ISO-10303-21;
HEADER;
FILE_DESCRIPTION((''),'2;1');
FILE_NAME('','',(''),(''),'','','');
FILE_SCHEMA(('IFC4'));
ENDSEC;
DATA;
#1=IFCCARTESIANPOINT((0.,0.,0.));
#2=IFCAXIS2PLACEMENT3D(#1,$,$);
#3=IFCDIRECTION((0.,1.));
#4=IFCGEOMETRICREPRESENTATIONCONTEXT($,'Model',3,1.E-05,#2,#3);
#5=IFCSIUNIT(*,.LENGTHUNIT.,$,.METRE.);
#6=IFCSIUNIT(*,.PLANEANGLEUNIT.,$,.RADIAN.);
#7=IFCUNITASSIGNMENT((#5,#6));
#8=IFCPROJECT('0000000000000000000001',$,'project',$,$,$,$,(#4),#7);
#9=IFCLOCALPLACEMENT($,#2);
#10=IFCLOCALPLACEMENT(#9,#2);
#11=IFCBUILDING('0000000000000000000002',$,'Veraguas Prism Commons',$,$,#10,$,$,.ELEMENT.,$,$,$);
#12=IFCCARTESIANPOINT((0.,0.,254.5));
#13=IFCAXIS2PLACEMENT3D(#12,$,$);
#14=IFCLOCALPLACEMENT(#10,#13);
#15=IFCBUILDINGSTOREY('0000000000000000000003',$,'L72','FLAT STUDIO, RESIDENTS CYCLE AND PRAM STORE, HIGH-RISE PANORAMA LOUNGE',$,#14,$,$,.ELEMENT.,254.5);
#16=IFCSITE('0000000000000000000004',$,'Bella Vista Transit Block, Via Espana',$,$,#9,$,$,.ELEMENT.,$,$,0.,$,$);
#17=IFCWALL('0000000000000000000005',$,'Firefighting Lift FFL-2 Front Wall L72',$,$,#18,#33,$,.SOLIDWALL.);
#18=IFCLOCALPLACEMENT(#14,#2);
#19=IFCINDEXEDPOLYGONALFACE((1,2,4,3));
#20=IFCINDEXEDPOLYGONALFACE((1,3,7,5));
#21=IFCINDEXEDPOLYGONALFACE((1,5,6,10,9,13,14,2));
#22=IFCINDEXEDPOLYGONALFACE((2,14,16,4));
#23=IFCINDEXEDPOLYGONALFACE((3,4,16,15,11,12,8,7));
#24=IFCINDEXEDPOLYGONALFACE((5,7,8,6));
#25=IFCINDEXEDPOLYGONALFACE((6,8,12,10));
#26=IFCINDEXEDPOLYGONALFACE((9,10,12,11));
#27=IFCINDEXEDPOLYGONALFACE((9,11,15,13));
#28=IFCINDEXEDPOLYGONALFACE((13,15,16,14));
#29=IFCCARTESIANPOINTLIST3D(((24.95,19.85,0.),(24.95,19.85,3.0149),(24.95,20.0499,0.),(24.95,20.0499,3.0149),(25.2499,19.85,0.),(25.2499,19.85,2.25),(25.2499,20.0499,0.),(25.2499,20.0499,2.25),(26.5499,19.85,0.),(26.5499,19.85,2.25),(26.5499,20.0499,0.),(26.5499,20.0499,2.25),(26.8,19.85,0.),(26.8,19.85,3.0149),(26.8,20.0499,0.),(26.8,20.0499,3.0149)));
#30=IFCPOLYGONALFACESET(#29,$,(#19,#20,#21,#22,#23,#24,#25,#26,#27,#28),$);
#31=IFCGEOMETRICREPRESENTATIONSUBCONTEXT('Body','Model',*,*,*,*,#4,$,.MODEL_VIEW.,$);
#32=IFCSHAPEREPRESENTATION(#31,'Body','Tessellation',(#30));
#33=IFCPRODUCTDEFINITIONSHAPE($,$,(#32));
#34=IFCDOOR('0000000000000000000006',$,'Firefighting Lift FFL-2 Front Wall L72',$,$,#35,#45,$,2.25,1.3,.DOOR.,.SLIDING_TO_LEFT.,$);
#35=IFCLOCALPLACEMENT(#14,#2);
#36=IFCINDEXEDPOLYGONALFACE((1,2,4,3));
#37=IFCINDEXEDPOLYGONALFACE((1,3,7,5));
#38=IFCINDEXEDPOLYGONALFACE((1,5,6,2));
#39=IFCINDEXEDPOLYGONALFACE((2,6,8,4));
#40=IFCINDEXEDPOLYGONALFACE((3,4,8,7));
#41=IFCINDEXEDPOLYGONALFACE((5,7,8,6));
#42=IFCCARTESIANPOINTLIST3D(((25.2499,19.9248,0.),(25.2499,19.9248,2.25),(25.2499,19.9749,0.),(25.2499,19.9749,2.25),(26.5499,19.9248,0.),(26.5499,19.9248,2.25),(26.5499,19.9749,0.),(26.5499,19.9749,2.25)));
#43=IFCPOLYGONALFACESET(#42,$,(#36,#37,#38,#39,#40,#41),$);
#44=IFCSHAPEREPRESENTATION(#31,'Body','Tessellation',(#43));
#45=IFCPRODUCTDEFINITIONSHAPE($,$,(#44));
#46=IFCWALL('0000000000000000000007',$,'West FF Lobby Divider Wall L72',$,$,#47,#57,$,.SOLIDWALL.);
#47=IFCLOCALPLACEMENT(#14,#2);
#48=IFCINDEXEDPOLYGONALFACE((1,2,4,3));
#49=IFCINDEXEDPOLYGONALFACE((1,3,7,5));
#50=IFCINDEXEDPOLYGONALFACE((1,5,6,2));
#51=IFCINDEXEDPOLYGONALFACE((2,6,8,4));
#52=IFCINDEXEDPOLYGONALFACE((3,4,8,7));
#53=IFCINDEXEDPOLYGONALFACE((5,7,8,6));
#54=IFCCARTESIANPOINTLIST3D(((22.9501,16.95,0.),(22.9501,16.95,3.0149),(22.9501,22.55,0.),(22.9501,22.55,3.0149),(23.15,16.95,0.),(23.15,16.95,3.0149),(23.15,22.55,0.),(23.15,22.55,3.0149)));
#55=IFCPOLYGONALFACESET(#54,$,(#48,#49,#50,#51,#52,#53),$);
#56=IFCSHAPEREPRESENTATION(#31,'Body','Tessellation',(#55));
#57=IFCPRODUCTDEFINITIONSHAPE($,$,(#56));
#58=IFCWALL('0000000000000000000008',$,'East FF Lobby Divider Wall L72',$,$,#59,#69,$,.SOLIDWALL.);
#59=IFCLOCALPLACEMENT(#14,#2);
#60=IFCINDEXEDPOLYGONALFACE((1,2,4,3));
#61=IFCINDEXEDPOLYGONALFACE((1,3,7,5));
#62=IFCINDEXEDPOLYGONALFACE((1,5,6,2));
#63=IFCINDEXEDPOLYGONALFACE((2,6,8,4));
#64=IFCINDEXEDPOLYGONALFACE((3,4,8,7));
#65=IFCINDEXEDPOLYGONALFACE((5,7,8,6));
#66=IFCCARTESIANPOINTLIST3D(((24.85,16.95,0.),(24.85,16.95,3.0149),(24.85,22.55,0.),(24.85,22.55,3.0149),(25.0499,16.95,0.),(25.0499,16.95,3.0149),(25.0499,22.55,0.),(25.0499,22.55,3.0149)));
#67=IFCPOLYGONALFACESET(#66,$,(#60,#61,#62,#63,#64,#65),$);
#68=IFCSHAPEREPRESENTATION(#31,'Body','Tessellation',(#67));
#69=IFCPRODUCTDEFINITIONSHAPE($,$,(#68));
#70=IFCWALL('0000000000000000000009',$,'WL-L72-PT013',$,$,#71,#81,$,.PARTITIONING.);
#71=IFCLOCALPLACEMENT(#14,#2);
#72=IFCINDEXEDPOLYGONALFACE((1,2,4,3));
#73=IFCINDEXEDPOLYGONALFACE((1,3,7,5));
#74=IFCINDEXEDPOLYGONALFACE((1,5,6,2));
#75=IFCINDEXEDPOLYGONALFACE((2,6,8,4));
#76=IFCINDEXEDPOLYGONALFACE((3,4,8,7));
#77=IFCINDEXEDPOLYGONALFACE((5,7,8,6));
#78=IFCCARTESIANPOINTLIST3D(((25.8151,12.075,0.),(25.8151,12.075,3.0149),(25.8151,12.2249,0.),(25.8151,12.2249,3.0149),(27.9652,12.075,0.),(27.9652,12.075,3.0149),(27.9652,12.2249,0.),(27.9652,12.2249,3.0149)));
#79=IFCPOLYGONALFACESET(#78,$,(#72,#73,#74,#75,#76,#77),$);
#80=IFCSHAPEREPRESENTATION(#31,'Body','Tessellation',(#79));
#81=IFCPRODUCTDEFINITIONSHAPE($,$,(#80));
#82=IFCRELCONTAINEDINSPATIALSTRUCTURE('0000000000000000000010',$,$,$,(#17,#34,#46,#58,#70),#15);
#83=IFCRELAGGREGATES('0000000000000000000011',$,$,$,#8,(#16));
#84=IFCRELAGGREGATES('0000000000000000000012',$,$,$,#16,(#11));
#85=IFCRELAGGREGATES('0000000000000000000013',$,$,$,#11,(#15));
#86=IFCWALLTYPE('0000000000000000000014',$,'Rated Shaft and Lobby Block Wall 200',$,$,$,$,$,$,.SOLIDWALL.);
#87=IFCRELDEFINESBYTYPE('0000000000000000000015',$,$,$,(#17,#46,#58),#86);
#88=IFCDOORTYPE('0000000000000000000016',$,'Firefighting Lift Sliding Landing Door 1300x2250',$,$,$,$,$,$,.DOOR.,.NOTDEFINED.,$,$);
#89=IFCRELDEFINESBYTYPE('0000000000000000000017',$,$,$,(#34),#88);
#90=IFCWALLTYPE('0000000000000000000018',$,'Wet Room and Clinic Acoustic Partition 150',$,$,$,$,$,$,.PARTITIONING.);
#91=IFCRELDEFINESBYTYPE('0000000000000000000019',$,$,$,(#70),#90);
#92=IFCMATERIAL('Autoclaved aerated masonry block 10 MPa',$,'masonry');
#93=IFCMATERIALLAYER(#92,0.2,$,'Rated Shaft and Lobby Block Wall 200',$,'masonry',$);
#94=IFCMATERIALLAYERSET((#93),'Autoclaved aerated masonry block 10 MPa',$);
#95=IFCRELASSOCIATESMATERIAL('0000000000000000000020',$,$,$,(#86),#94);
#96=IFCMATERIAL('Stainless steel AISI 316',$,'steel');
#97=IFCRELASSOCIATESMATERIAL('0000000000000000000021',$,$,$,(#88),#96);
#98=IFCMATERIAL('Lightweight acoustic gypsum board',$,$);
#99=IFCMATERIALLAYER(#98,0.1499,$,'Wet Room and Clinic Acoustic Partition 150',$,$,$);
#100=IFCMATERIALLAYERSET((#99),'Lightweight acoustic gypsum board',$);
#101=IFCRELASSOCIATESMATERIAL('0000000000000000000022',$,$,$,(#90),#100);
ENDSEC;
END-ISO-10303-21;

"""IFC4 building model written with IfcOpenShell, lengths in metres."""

from ifc_helpers import new_model, si_unit, direction, frame, frame_2d, origin, place, context, subcontext, project, spatial, rectangle, extrude, source, transform, mapped, material, layer, layer_set, type_object, element, fill, save


model = new_model("IFC4")

# Units and contexts
model_context = context("Model", 3, precision=1e-05, world=origin(), true_north=direction((0.0, 1.0)))
body_context = subcontext(model_context, "Body", "Model", "MODEL_VIEW")
ifc_project = project(units=[si_unit("LENGTHUNIT", "METRE"), si_unit("PLANEANGLEUNIT", "RADIAN")], contexts=[model_context])

# Site, building, storey
site_placement = place(None, origin())
site = spatial("IfcSite", under=ifc_project, at=site_placement, Name="Bella Vista Transit Block, Via Espana", CompositionType="ELEMENT", RefElevation=0.0)
building_placement = place(site_placement, origin())
building = spatial("IfcBuilding", under=site, at=building_placement, Name="Veraguas Prism Commons", CompositionType="ELEMENT")
storey_placement = place(building_placement, frame((0.0, 0.0, 254.5)))
storey = spatial("IfcBuildingStorey", under=building, at=storey_placement, Name="L72", Description="FLAT STUDIO, RESIDENTS CYCLE AND PRAM STORE, HIGH-RISE PANORAMA LOUNGE", CompositionType="ELEMENT", Elevation=254.5)

# Shared definitions
ifc_material_1 = material(Name="Autoclaved aerated masonry block 10 MPa", Category="masonry")

# Wall, opening, door
ifc_material_2 = material(Name="Lightweight acoustic gypsum board")
ifc_layer_1 = layer(ifc_material_1, 0.2, Name="Rated Shaft and Lobby Block Wall 200", Category="masonry")
ifc_layer_set_1 = layer_set([ifc_layer_1], Name="Autoclaved aerated masonry block 10 MPa")
wall_type_1 = type_object("IfcWallType", Name="Rated Shaft and Lobby Block Wall 200", PredefinedType="SOLIDWALL", material=ifc_layer_set_1)
ifc_material_3 = material(Name="Stainless steel AISI 316", Category="steel")
door_type_1 = type_object("IfcDoorType", Name="Firefighting Lift Sliding Landing Door 1300x2250", OperationType="NOTDEFINED", PredefinedType="DOOR", material=ifc_material_3)
shared_shape_1 = source(origin(), body_context, "Body", "SweptSolid", [
    extrude(rectangle(XDim=1.3, YDim=2.25, at=frame_2d((0.6499, 1.125))), frame((0.0, 0.0249, 0.0), z_axis=(0.0, -1.0, 0.0), x_axis=(1.0, 0.0, 0.0)), (0.0, 0.0, 1.0), 0.05),
])
wall_1_placement = place(storey_placement, frame((24.95, 19.95, 0.0), z_axis=(0.0, 0.0, 1.0), x_axis=(1.0, 0.0, 0.0)))
wall_1 = element("IfcWall", 1, at=wall_1_placement, inside=storey, type_object=wall_type_1, Name="Firefighting Lift FFL-2 Front Wall L72", PredefinedType="SOLIDWALL", context=body_context, shape_type="SweptSolid", body=[
    extrude(rectangle(XDim=1.8501, YDim=0.2, at=frame_2d((0.925, 0.0))), origin(), (0.0, 0.0, 1.0), 3.0149),
])
opening_1_placement = place(wall_1_placement, frame((0.3, 0.0, 0.0)))
opening_1 = element("IfcOpeningElement", 2, at=opening_1_placement, cuts=wall_1, PredefinedType="OPENING", context=body_context, shape_type="SweptSolid", body=[
    extrude(rectangle(XDim=1.3, YDim=2.25, at=frame_2d((0.6499, 1.125))), frame((0.0, 0.1099, 0.0), z_axis=(0.0, -1.0, 0.0), x_axis=(1.0, 0.0, 0.0)), (0.0, 0.0, 1.0), 0.22),
])
door_1_placement = place(opening_1_placement, origin())
door_1 = element("IfcDoor", 3, at=door_1_placement, inside=storey, type_object=door_type_1, Name="Firefighting Lift FFL-2 Front Wall L72", OperationType="SLIDING_TO_LEFT", OverallHeight=2.25, OverallWidth=1.3, PredefinedType="DOOR", context=body_context, shape_type="MappedRepresentation", body=[
    mapped(shared_shape_1, transform((0.0, 0.0, 0.0), scale=1.0)),
])
fill(opening_1, door_1)

# Walls
for number, where, z_axis, x_axis, name in (
    (4, (23.05, 16.95, 0.0), (0.0, 0.0, 1.0), (0.0, 1.0, 0.0), "West FF Lobby Divider Wall L72"),
    (5, (24.95, 16.95, 0.0), (0.0, 0.0, 1.0), (0.0, 1.0, 0.0), "East FF Lobby Divider Wall L72"),
):
    element("IfcWall", number, at=place(storey_placement, frame(where, z_axis=z_axis, x_axis=x_axis)), inside=storey, type_object=wall_type_1, Name=name, PredefinedType="SOLIDWALL", context=body_context, shape_type="SweptSolid", body=[
        extrude(rectangle(XDim=5.6001, YDim=0.2, at=frame_2d((2.8, 0.0))), origin(), (0.0, 0.0, 1.0), 3.0149),
    ])
ifc_layer_2 = layer(ifc_material_2, 0.1499, Name="Wet Room and Clinic Acoustic Partition 150")
ifc_layer_set_2 = layer_set([ifc_layer_2], Name="Lightweight acoustic gypsum board")
wall_type_2 = type_object("IfcWallType", Name="Wet Room and Clinic Acoustic Partition 150", PredefinedType="PARTITIONING", material=ifc_layer_set_2)
wall_2_placement = place(storey_placement, frame((25.8149, 12.1499, 0.0), z_axis=(0.0, 0.0, 1.0), x_axis=(1.0, 0.0, 0.0)))
element("IfcWall", 6, at=wall_2_placement, inside=storey, type_object=wall_type_2, Name="WL-L72-PT013", PredefinedType="PARTITIONING", context=body_context, shape_type="SweptSolid", body=[
    extrude(rectangle(XDim=2.1501, YDim=0.1499, at=frame_2d((1.0752, 0.0))), origin(), (0.0, 0.0, 1.0), 3.0149),
])

save(model, "model.ifc")
